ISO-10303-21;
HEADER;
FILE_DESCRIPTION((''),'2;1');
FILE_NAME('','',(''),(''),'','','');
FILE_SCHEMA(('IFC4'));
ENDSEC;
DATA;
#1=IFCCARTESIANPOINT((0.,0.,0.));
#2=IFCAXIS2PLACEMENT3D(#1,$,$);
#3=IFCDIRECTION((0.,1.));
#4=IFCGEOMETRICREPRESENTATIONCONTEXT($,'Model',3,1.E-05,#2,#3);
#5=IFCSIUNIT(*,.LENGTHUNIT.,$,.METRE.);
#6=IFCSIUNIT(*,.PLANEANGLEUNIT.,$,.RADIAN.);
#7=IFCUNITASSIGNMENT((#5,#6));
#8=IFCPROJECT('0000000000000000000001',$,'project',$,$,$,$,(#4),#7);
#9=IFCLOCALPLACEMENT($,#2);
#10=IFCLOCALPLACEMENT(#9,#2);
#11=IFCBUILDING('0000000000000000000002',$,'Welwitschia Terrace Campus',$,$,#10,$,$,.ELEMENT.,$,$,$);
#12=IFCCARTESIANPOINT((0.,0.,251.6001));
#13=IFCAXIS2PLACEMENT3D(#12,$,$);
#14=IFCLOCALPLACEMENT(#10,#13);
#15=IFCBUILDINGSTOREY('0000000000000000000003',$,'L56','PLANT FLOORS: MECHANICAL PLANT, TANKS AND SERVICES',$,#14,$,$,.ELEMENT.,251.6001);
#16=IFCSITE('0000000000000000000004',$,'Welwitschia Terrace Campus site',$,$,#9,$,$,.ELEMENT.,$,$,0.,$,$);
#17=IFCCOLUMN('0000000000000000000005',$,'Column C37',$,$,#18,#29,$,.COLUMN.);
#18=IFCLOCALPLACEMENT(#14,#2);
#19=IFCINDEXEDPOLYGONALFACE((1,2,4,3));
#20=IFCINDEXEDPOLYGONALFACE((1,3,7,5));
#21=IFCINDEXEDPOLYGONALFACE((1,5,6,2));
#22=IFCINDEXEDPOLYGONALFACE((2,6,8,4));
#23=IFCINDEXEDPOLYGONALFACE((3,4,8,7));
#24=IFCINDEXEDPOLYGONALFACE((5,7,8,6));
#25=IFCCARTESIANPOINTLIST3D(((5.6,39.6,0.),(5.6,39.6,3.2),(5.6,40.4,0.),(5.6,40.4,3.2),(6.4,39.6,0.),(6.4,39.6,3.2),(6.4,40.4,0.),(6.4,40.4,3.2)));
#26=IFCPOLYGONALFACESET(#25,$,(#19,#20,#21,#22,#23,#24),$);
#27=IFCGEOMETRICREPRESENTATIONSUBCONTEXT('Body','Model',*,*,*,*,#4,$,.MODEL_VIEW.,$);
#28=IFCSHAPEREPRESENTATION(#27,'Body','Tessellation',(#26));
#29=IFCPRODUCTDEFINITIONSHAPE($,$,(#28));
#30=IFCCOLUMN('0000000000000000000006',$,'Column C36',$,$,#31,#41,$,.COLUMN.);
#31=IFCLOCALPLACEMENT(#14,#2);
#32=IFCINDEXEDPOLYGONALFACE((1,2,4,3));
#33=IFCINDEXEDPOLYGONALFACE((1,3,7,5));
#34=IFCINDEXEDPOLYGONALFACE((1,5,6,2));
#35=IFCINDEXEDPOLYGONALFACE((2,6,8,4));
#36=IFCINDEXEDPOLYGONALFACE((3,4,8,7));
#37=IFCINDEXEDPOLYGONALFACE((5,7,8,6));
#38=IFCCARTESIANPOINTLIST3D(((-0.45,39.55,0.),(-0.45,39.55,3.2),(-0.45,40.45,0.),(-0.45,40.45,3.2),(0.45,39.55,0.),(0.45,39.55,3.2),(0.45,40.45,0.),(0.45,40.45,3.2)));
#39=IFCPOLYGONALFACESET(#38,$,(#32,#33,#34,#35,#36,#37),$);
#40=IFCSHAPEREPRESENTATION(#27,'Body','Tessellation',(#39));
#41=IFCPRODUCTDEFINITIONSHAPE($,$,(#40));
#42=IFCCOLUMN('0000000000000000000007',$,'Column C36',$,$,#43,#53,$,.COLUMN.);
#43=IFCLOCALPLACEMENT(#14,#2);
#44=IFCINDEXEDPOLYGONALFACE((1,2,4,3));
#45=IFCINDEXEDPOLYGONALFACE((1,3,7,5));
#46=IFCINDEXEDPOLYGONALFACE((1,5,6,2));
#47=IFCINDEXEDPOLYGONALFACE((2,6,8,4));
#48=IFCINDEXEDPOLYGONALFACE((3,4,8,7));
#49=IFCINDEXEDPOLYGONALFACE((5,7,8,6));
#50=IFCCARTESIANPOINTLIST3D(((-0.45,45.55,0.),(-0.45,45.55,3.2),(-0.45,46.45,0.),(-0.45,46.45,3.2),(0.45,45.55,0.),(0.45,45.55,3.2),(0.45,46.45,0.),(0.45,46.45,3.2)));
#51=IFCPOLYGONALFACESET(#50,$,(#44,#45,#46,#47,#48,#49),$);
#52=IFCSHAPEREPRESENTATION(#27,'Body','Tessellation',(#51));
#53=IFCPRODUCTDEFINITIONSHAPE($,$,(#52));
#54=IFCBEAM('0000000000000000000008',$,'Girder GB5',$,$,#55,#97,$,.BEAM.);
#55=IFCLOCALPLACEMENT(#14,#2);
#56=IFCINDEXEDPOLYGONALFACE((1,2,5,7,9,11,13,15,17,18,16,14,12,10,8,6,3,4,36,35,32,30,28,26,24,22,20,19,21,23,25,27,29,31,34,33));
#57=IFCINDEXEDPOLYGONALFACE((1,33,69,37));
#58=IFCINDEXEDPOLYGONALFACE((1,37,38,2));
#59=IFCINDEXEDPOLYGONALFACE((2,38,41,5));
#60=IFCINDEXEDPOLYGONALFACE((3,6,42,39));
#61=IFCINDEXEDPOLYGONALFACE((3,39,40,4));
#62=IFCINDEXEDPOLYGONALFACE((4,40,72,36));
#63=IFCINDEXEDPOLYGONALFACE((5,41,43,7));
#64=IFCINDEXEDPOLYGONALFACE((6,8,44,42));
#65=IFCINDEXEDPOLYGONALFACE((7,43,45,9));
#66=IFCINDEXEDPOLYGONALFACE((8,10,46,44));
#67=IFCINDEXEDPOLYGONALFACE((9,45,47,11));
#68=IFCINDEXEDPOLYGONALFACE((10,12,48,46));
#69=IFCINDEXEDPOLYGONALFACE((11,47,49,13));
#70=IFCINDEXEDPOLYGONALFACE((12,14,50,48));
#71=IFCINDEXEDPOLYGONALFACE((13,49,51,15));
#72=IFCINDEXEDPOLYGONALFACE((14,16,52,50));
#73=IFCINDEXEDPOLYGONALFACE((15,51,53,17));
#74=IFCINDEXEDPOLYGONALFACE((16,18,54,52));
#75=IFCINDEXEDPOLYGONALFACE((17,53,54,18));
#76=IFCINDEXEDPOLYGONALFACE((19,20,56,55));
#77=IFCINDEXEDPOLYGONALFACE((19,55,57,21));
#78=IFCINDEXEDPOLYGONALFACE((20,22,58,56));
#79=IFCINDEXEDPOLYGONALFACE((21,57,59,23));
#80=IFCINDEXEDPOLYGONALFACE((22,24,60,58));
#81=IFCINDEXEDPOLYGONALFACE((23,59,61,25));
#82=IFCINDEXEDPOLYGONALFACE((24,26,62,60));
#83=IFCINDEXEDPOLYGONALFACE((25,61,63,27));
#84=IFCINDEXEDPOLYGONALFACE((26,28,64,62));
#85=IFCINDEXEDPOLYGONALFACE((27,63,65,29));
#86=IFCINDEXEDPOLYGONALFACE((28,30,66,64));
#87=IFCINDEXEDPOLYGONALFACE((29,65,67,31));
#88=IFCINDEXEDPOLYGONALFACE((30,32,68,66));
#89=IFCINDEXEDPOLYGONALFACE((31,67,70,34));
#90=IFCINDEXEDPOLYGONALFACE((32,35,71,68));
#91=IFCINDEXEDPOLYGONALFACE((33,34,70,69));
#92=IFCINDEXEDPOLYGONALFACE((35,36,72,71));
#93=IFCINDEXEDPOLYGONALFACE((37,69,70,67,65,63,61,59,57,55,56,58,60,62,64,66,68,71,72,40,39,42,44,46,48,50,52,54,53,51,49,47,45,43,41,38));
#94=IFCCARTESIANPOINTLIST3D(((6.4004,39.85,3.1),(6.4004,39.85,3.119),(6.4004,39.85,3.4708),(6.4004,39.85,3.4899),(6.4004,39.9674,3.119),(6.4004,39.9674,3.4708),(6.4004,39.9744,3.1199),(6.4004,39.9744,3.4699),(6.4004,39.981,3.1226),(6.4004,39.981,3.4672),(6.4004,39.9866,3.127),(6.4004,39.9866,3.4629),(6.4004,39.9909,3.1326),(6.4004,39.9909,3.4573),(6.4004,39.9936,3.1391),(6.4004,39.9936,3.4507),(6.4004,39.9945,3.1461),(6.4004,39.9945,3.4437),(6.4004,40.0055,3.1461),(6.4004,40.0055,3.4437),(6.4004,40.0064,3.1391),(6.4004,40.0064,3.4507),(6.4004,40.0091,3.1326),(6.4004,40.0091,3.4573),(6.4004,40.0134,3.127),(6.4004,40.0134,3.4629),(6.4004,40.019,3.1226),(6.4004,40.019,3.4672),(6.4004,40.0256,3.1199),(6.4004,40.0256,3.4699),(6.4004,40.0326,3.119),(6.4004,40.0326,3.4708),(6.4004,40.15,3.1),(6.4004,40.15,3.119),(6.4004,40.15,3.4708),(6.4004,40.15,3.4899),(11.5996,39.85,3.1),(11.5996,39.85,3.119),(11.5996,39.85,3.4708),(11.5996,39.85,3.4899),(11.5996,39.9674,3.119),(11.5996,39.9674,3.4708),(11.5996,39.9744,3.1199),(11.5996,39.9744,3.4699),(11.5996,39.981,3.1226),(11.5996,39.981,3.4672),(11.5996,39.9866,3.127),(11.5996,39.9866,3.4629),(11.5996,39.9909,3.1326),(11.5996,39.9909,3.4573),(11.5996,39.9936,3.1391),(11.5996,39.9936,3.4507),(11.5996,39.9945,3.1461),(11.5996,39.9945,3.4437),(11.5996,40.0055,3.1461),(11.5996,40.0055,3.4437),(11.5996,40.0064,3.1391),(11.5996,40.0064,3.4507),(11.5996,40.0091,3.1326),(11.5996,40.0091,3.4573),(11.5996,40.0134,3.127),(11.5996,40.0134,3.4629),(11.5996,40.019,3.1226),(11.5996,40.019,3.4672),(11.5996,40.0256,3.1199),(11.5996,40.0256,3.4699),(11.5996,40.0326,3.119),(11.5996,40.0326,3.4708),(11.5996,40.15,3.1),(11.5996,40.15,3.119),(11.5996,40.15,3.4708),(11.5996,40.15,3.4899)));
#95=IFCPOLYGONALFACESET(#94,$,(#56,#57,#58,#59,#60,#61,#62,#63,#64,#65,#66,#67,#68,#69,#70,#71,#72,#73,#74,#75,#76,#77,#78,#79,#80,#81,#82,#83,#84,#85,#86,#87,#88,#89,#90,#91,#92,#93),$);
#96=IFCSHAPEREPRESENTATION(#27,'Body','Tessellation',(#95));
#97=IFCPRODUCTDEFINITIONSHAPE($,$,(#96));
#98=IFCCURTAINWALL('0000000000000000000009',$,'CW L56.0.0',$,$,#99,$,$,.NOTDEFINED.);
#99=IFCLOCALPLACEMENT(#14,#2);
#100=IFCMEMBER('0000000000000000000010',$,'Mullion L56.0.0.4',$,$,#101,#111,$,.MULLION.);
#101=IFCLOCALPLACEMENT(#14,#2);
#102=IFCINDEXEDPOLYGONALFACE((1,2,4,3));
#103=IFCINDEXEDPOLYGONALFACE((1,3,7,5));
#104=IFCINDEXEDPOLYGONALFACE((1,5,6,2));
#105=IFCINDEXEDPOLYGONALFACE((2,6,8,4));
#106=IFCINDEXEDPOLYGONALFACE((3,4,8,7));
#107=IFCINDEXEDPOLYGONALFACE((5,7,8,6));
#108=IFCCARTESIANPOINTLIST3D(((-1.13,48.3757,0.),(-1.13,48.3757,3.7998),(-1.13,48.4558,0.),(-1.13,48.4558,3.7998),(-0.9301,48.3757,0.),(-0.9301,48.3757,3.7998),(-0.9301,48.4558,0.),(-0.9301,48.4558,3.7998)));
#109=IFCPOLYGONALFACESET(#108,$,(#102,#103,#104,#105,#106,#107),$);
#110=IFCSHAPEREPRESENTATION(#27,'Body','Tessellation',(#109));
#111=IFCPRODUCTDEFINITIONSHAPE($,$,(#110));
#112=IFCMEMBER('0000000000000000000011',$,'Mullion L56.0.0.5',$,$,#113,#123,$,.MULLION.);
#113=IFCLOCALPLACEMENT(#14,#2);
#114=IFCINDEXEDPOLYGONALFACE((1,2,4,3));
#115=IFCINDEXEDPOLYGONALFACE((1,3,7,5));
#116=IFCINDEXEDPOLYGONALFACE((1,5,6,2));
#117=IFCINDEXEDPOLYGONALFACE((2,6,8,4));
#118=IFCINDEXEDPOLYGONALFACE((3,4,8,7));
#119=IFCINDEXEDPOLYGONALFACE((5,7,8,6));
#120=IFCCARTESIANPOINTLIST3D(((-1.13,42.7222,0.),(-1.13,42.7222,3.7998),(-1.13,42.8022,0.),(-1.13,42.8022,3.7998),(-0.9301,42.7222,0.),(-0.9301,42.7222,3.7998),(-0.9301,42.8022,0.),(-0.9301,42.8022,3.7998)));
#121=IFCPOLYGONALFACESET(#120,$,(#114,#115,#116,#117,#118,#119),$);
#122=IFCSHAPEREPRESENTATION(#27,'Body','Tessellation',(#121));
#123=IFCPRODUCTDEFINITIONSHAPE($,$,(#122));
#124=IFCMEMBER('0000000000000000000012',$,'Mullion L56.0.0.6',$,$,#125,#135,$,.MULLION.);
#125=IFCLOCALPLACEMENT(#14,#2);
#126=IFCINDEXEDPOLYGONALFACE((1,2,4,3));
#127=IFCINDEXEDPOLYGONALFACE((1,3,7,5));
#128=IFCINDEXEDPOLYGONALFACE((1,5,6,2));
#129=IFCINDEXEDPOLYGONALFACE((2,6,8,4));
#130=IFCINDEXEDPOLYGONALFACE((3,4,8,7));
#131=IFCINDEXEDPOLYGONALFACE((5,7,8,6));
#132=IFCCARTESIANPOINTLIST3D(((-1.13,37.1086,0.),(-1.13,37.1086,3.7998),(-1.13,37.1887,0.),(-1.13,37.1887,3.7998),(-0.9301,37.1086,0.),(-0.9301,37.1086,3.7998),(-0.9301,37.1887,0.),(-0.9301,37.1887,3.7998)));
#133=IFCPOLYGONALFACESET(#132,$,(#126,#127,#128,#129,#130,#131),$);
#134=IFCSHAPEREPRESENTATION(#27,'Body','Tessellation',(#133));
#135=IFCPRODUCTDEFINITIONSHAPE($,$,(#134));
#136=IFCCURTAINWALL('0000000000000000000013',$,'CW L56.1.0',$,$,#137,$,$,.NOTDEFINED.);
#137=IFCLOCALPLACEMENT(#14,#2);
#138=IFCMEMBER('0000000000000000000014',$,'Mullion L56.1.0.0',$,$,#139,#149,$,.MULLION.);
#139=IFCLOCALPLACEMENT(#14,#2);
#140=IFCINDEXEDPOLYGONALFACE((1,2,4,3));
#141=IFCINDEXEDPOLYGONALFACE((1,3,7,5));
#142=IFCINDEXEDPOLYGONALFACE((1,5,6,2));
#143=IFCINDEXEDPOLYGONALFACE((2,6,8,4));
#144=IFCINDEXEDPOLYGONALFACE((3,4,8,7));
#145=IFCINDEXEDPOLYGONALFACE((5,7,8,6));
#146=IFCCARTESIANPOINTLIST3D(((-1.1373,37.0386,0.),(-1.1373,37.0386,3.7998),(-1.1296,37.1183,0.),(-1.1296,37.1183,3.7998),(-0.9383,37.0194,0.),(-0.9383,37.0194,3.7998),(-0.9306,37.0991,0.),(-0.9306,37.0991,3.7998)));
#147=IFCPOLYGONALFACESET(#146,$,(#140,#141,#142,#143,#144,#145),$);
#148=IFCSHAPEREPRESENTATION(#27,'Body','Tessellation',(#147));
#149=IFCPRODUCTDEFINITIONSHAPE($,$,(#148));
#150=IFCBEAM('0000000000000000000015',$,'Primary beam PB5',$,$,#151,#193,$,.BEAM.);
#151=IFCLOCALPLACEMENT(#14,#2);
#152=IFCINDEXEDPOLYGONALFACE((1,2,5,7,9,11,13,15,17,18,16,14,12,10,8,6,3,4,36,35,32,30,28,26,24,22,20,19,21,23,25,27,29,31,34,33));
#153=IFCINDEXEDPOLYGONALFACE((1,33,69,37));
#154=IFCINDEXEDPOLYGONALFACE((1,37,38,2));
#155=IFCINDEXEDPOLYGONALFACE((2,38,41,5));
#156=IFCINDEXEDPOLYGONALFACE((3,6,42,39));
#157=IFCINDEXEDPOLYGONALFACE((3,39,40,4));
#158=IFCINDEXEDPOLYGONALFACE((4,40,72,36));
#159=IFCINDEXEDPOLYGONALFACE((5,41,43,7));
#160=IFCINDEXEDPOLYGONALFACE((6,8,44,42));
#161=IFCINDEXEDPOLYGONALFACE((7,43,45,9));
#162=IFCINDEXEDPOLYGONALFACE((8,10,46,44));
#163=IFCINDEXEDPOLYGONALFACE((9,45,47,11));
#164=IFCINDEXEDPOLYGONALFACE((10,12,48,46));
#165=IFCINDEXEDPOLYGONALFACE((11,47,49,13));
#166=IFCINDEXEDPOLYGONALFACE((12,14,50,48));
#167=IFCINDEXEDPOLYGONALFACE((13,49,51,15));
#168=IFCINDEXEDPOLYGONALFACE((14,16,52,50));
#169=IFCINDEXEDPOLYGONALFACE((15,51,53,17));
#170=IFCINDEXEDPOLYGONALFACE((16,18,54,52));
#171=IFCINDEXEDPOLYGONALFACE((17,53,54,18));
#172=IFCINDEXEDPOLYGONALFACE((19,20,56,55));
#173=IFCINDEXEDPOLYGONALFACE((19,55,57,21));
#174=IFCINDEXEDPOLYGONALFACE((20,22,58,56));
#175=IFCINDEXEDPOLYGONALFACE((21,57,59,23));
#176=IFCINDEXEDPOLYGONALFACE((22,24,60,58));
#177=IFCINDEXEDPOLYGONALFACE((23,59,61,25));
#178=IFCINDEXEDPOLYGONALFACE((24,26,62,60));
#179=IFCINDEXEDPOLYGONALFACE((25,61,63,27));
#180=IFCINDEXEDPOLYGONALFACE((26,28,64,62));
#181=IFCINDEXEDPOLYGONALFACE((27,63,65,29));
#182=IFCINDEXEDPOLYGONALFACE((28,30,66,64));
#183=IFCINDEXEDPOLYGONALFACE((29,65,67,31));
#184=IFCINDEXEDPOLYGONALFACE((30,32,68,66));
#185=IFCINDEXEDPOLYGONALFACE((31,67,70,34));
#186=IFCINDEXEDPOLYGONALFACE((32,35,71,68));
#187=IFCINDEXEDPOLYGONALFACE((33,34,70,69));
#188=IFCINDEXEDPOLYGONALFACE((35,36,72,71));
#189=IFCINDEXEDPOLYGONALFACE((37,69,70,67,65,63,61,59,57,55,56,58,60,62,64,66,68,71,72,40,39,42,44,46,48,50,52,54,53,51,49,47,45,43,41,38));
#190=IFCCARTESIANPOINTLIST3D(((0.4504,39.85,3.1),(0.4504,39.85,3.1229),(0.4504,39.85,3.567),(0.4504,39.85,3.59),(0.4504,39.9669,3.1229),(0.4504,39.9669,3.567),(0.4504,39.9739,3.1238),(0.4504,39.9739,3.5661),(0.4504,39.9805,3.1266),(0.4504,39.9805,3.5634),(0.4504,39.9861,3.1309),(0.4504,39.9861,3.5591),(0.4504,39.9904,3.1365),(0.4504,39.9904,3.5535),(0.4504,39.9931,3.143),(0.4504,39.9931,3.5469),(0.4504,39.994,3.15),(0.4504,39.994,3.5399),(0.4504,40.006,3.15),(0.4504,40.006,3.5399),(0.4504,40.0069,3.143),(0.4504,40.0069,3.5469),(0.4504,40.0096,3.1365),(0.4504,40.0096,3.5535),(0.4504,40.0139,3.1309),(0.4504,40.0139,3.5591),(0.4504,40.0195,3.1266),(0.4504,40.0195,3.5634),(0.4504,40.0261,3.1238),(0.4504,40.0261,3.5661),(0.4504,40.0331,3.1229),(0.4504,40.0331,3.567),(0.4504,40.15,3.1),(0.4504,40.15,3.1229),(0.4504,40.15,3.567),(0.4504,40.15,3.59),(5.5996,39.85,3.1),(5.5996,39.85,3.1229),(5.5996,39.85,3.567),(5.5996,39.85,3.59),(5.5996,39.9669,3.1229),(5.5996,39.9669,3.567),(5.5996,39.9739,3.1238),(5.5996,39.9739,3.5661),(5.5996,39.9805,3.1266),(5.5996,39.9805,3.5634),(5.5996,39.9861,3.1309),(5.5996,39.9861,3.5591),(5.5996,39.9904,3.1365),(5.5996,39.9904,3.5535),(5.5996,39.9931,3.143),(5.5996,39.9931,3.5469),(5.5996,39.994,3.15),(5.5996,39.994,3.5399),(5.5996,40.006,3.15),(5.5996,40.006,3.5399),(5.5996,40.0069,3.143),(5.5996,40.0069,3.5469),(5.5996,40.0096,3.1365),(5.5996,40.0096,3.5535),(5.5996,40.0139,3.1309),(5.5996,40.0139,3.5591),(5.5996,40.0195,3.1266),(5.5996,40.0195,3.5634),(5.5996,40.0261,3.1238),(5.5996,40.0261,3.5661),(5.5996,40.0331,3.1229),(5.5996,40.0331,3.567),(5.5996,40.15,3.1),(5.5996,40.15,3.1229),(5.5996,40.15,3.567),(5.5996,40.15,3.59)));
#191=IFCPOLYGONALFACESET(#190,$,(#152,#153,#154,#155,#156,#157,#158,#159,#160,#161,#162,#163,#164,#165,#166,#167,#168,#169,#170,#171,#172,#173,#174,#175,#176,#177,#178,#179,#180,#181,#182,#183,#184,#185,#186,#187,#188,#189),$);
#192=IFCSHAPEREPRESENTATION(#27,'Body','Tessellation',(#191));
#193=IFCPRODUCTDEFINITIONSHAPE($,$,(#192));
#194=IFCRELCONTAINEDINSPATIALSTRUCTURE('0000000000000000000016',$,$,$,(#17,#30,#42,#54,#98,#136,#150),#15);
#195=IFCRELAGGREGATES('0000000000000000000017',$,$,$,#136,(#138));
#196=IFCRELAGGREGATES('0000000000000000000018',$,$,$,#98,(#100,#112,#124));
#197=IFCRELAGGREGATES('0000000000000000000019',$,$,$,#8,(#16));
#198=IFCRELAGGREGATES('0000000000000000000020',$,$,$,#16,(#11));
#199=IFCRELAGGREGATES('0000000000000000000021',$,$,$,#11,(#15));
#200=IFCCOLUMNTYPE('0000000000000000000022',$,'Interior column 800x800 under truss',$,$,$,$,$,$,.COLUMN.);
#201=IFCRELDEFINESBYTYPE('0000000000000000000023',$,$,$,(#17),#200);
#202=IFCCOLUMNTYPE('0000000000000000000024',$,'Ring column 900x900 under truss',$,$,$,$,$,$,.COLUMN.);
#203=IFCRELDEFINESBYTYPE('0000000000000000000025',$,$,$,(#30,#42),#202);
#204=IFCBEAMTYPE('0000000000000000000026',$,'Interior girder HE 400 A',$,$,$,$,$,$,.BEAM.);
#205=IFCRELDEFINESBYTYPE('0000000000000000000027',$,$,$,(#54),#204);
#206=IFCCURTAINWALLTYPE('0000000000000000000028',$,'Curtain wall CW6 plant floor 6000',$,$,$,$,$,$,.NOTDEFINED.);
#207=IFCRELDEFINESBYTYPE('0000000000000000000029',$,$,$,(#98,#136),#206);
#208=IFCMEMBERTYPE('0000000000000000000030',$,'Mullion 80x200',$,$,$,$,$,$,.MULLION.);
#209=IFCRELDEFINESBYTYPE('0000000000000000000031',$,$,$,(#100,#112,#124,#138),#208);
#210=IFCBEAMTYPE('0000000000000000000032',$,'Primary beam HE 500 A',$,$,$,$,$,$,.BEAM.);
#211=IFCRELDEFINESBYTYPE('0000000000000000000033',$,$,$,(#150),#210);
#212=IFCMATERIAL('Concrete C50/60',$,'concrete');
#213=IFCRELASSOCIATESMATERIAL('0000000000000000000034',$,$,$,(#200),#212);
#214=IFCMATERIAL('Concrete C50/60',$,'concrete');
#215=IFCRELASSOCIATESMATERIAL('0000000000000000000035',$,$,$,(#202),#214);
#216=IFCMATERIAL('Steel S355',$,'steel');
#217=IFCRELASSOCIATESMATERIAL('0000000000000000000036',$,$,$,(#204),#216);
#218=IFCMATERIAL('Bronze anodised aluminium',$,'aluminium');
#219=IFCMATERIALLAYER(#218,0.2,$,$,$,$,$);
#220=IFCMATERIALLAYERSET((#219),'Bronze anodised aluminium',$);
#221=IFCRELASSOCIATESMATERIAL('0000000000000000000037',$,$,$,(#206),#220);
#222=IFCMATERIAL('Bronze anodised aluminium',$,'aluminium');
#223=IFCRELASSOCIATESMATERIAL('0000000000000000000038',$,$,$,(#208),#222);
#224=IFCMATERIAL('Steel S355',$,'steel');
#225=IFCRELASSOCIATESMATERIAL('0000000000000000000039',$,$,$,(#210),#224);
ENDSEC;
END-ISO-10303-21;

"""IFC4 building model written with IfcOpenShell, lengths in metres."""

from ifc_helpers import new_model, si_unit, direction, frame, origin, origin_2d, place, context, subcontext, project, spatial, rectangle, i_section, extrude, material, layer, layer_set, material_profile, profile_set, type_object, element, aggregate, save


model = new_model("IFC4")

# Units and contexts
model_context = context("Model", 3, precision=1e-05, world=origin(), true_north=direction((0.0, 1.0)))
body_context = subcontext(model_context, "Body", "Model", "MODEL_VIEW")
ifc_project = project(units=[si_unit("LENGTHUNIT", "METRE"), si_unit("PLANEANGLEUNIT", "RADIAN")], contexts=[model_context])

# Site, building, storey
site_placement = place(None, origin())
site = spatial("IfcSite", under=ifc_project, at=site_placement, Name="Welwitschia Terrace Campus site", CompositionType="ELEMENT", RefElevation=0.0)
building_placement = place(site_placement, origin())
building = spatial("IfcBuilding", under=site, at=building_placement, Name="Welwitschia Terrace Campus", CompositionType="ELEMENT")
storey_placement = place(building_placement, frame((0.0, 0.0, 251.6001)))
storey = spatial("IfcBuildingStorey", under=building, at=storey_placement, Name="L56", Description="PLANT FLOORS: MECHANICAL PLANT, TANKS AND SERVICES", CompositionType="ELEMENT", Elevation=251.6001)

# Columns
ifc_material_1 = material(Name="Concrete C50/60", Category="concrete")
ifc_material_profile_1 = material_profile(ifc_material_1, rectangle(XDim=0.8, YDim=0.8, at=origin_2d()))
ifc_profile_set_1 = profile_set([ifc_material_profile_1], Name="Concrete C50/60")
column_type_1 = type_object("IfcColumnType", Name="Interior column 800x800 under truss", PredefinedType="COLUMN", material=ifc_profile_set_1)
column_placement = place(storey_placement, frame((6.0, 40.0, 0.0), z_axis=(0.0, 0.0, 1.0), x_axis=(1.0, 0.0, 0.0)))
element("IfcColumn", 1, at=column_placement, inside=storey, type_object=column_type_1, Name="Column C37", PredefinedType="COLUMN", context=body_context, shape_type="SweptSolid", body=[
    extrude(rectangle(XDim=0.8, YDim=0.8, at=origin_2d()), origin(), (0.0, 0.0, 1.0), 3.2),
])
ifc_material_2 = material(Name="Concrete C50/60", Category="concrete")
ifc_material_profile_2 = material_profile(ifc_material_2, rectangle(XDim=0.8999, YDim=0.8999, at=origin_2d()))
ifc_profile_set_2 = profile_set([ifc_material_profile_2], Name="Concrete C50/60")
column_type_2 = type_object("IfcColumnType", Name="Ring column 900x900 under truss", PredefinedType="COLUMN", material=ifc_profile_set_2)
for number, where, z_axis, x_axis, name in (
    (2, (0.0, 40.0, 0.0), (0.0, 0.0, 1.0), (1.0, 0.0, 0.0), "Column C36"),
    (3, (0.0, 46.0, 0.0), (0.0, 0.0, 1.0), (1.0, 0.0, 0.0), "Column C36"),
):
    element("IfcColumn", number, at=place(storey_placement, frame(where, z_axis=z_axis, x_axis=x_axis)), inside=storey, type_object=column_type_2, Name=name, PredefinedType="COLUMN", context=body_context, shape_type="SweptSolid", body=[
        extrude(rectangle(XDim=0.8999, YDim=0.8999, at=origin_2d()), origin(), (0.0, 0.0, 1.0), 3.2),
    ])

# Beam
ifc_material_3 = material(Name="Steel S355", Category="steel")
ifc_material_profile_3 = material_profile(ifc_material_3, i_section(OverallWidth=0.3, OverallDepth=0.3899, WebThickness=0.011, FlangeThickness=0.019, FilletRadius=0.0271, at=origin_2d()))
ifc_profile_set_3 = profile_set([ifc_material_profile_3], Name="Steel S355")
beam_type_1 = type_object("IfcBeamType", Name="Interior girder HE 400 A", PredefinedType="BEAM", material=ifc_profile_set_3)
beam_1_placement = place(storey_placement, frame((6.4004, 40.0, 3.2949), z_axis=(1.0, 0.0, 0.0), x_axis=(0.0, 1.0, 0.0)))
element("IfcBeam", 4, at=beam_1_placement, inside=storey, type_object=beam_type_1, Name="Girder GB5", PredefinedType="BEAM", context=body_context, shape_type="SweptSolid", body=[
    extrude(i_section(OverallWidth=0.3, OverallDepth=0.3899, WebThickness=0.011, FlangeThickness=0.019, FilletRadius=0.0271, at=origin_2d()), origin(), (0.0, 0.0, 1.0), 5.1992),
])

# Curtain wall, members
ifc_material_4 = material(Name="Bronze anodised aluminium", Category="aluminium")
ifc_layer_1 = layer(ifc_material_4, 0.2)
ifc_layer_set_1 = layer_set([ifc_layer_1], Name="Bronze anodised aluminium")
curtain_wall_type = type_object("IfcCurtainWallType", Name="Curtain wall CW6 plant floor 6000", PredefinedType="NOTDEFINED", material=ifc_layer_set_1)
curtain_wall_1_placement = place(storey_placement, origin())
curtain_wall_1 = element("IfcCurtainWall", 5, at=curtain_wall_1_placement, inside=storey, type_object=curtain_wall_type, Name="CW L56.0.0", PredefinedType="NOTDEFINED")
ifc_material_5 = material(Name="Bronze anodised aluminium", Category="aluminium")
ifc_material_profile_4 = material_profile(ifc_material_5, rectangle(XDim=0.2, YDim=0.0801, at=origin_2d()))
ifc_profile_set_4 = profile_set([ifc_material_profile_4], Name="Bronze anodised aluminium")
member_type = type_object("IfcMemberType", Name="Mullion 80x200", PredefinedType="MULLION", material=ifc_profile_set_4)
member_1_placement = place(storey_placement, frame((-1.03, 48.4158, 0.0), z_axis=(0.0, 0.0, 1.0), x_axis=(1.0, 0.0, 0.0)))
member_1 = element("IfcMember", 6, at=member_1_placement, type_object=member_type, Name="Mullion L56.0.0.4", PredefinedType="MULLION", context=body_context, shape_type="SweptSolid", body=[
    extrude(rectangle(XDim=0.2, YDim=0.0801, at=origin_2d()), origin(), (0.0, 0.0, 1.0), 3.7998),
])
member_2_placement = place(storey_placement, frame((-1.03, 42.7622, 0.0), z_axis=(0.0, 0.0, 1.0), x_axis=(1.0, 0.0, 0.0)))
member_2 = element("IfcMember", 7, at=member_2_placement, type_object=member_type, Name="Mullion L56.0.0.5", PredefinedType="MULLION", context=body_context, shape_type="SweptSolid", body=[
    extrude(rectangle(XDim=0.2, YDim=0.0801, at=origin_2d()), origin(), (0.0, 0.0, 1.0), 3.7998),
])
member_3_placement = place(storey_placement, frame((-1.03, 37.1487, 0.0), z_axis=(0.0, 0.0, 1.0), x_axis=(1.0, 0.0, 0.0)))
member_3 = element("IfcMember", 8, at=member_3_placement, type_object=member_type, Name="Mullion L56.0.0.6", PredefinedType="MULLION", context=body_context, shape_type="SweptSolid", body=[
    extrude(rectangle(XDim=0.2, YDim=0.0801, at=origin_2d()), origin(), (0.0, 0.0, 1.0), 3.7998),
])

# Curtain wall, member
curtain_wall_2_placement = place(storey_placement, origin())
curtain_wall_2 = element("IfcCurtainWall", 9, at=curtain_wall_2_placement, inside=storey, type_object=curtain_wall_type, Name="CW L56.1.0", PredefinedType="NOTDEFINED")
member_4_placement = place(storey_placement, frame((-1.0339, 37.0688, 0.0), z_axis=(0.0, 0.0, 1.0), x_axis=(0.995396, -0.095846, 0.0)))
member_4 = element("IfcMember", 10, at=member_4_placement, type_object=member_type, Name="Mullion L56.1.0.0", PredefinedType="MULLION", context=body_context, shape_type="SweptSolid", body=[
    extrude(rectangle(XDim=0.2, YDim=0.0801, at=origin_2d()), origin(), (0.0, 0.0, 1.0), 3.7998),
])
aggregate(curtain_wall_2, [member_4])

# Beam
ifc_material_6 = material(Name="Steel S355", Category="steel")
ifc_material_profile_5 = material_profile(ifc_material_6, i_section(OverallWidth=0.3, OverallDepth=0.49, WebThickness=0.012, FlangeThickness=0.0229, FilletRadius=0.0271, at=origin_2d()))
ifc_profile_set_5 = profile_set([ifc_material_profile_5], Name="Steel S355")
beam_type_2 = type_object("IfcBeamType", Name="Primary beam HE 500 A", PredefinedType="BEAM", material=ifc_profile_set_5)
beam_2_placement = place(storey_placement, frame((0.4504, 40.0, 3.345), z_axis=(1.0, 0.0, 0.0), x_axis=(0.0, 1.0, 0.0)))
element("IfcBeam", 11, at=beam_2_placement, inside=storey, type_object=beam_type_2, Name="Primary beam PB5", PredefinedType="BEAM", context=body_context, shape_type="SweptSolid", body=[
    extrude(i_section(OverallWidth=0.3, OverallDepth=0.49, WebThickness=0.012, FlangeThickness=0.0229, FilletRadius=0.0271, at=origin_2d()), origin(), (0.0, 0.0, 1.0), 5.1492),
])

aggregate(curtain_wall_1, [member_1, member_2, member_3])

save(model, "model.ifc")
